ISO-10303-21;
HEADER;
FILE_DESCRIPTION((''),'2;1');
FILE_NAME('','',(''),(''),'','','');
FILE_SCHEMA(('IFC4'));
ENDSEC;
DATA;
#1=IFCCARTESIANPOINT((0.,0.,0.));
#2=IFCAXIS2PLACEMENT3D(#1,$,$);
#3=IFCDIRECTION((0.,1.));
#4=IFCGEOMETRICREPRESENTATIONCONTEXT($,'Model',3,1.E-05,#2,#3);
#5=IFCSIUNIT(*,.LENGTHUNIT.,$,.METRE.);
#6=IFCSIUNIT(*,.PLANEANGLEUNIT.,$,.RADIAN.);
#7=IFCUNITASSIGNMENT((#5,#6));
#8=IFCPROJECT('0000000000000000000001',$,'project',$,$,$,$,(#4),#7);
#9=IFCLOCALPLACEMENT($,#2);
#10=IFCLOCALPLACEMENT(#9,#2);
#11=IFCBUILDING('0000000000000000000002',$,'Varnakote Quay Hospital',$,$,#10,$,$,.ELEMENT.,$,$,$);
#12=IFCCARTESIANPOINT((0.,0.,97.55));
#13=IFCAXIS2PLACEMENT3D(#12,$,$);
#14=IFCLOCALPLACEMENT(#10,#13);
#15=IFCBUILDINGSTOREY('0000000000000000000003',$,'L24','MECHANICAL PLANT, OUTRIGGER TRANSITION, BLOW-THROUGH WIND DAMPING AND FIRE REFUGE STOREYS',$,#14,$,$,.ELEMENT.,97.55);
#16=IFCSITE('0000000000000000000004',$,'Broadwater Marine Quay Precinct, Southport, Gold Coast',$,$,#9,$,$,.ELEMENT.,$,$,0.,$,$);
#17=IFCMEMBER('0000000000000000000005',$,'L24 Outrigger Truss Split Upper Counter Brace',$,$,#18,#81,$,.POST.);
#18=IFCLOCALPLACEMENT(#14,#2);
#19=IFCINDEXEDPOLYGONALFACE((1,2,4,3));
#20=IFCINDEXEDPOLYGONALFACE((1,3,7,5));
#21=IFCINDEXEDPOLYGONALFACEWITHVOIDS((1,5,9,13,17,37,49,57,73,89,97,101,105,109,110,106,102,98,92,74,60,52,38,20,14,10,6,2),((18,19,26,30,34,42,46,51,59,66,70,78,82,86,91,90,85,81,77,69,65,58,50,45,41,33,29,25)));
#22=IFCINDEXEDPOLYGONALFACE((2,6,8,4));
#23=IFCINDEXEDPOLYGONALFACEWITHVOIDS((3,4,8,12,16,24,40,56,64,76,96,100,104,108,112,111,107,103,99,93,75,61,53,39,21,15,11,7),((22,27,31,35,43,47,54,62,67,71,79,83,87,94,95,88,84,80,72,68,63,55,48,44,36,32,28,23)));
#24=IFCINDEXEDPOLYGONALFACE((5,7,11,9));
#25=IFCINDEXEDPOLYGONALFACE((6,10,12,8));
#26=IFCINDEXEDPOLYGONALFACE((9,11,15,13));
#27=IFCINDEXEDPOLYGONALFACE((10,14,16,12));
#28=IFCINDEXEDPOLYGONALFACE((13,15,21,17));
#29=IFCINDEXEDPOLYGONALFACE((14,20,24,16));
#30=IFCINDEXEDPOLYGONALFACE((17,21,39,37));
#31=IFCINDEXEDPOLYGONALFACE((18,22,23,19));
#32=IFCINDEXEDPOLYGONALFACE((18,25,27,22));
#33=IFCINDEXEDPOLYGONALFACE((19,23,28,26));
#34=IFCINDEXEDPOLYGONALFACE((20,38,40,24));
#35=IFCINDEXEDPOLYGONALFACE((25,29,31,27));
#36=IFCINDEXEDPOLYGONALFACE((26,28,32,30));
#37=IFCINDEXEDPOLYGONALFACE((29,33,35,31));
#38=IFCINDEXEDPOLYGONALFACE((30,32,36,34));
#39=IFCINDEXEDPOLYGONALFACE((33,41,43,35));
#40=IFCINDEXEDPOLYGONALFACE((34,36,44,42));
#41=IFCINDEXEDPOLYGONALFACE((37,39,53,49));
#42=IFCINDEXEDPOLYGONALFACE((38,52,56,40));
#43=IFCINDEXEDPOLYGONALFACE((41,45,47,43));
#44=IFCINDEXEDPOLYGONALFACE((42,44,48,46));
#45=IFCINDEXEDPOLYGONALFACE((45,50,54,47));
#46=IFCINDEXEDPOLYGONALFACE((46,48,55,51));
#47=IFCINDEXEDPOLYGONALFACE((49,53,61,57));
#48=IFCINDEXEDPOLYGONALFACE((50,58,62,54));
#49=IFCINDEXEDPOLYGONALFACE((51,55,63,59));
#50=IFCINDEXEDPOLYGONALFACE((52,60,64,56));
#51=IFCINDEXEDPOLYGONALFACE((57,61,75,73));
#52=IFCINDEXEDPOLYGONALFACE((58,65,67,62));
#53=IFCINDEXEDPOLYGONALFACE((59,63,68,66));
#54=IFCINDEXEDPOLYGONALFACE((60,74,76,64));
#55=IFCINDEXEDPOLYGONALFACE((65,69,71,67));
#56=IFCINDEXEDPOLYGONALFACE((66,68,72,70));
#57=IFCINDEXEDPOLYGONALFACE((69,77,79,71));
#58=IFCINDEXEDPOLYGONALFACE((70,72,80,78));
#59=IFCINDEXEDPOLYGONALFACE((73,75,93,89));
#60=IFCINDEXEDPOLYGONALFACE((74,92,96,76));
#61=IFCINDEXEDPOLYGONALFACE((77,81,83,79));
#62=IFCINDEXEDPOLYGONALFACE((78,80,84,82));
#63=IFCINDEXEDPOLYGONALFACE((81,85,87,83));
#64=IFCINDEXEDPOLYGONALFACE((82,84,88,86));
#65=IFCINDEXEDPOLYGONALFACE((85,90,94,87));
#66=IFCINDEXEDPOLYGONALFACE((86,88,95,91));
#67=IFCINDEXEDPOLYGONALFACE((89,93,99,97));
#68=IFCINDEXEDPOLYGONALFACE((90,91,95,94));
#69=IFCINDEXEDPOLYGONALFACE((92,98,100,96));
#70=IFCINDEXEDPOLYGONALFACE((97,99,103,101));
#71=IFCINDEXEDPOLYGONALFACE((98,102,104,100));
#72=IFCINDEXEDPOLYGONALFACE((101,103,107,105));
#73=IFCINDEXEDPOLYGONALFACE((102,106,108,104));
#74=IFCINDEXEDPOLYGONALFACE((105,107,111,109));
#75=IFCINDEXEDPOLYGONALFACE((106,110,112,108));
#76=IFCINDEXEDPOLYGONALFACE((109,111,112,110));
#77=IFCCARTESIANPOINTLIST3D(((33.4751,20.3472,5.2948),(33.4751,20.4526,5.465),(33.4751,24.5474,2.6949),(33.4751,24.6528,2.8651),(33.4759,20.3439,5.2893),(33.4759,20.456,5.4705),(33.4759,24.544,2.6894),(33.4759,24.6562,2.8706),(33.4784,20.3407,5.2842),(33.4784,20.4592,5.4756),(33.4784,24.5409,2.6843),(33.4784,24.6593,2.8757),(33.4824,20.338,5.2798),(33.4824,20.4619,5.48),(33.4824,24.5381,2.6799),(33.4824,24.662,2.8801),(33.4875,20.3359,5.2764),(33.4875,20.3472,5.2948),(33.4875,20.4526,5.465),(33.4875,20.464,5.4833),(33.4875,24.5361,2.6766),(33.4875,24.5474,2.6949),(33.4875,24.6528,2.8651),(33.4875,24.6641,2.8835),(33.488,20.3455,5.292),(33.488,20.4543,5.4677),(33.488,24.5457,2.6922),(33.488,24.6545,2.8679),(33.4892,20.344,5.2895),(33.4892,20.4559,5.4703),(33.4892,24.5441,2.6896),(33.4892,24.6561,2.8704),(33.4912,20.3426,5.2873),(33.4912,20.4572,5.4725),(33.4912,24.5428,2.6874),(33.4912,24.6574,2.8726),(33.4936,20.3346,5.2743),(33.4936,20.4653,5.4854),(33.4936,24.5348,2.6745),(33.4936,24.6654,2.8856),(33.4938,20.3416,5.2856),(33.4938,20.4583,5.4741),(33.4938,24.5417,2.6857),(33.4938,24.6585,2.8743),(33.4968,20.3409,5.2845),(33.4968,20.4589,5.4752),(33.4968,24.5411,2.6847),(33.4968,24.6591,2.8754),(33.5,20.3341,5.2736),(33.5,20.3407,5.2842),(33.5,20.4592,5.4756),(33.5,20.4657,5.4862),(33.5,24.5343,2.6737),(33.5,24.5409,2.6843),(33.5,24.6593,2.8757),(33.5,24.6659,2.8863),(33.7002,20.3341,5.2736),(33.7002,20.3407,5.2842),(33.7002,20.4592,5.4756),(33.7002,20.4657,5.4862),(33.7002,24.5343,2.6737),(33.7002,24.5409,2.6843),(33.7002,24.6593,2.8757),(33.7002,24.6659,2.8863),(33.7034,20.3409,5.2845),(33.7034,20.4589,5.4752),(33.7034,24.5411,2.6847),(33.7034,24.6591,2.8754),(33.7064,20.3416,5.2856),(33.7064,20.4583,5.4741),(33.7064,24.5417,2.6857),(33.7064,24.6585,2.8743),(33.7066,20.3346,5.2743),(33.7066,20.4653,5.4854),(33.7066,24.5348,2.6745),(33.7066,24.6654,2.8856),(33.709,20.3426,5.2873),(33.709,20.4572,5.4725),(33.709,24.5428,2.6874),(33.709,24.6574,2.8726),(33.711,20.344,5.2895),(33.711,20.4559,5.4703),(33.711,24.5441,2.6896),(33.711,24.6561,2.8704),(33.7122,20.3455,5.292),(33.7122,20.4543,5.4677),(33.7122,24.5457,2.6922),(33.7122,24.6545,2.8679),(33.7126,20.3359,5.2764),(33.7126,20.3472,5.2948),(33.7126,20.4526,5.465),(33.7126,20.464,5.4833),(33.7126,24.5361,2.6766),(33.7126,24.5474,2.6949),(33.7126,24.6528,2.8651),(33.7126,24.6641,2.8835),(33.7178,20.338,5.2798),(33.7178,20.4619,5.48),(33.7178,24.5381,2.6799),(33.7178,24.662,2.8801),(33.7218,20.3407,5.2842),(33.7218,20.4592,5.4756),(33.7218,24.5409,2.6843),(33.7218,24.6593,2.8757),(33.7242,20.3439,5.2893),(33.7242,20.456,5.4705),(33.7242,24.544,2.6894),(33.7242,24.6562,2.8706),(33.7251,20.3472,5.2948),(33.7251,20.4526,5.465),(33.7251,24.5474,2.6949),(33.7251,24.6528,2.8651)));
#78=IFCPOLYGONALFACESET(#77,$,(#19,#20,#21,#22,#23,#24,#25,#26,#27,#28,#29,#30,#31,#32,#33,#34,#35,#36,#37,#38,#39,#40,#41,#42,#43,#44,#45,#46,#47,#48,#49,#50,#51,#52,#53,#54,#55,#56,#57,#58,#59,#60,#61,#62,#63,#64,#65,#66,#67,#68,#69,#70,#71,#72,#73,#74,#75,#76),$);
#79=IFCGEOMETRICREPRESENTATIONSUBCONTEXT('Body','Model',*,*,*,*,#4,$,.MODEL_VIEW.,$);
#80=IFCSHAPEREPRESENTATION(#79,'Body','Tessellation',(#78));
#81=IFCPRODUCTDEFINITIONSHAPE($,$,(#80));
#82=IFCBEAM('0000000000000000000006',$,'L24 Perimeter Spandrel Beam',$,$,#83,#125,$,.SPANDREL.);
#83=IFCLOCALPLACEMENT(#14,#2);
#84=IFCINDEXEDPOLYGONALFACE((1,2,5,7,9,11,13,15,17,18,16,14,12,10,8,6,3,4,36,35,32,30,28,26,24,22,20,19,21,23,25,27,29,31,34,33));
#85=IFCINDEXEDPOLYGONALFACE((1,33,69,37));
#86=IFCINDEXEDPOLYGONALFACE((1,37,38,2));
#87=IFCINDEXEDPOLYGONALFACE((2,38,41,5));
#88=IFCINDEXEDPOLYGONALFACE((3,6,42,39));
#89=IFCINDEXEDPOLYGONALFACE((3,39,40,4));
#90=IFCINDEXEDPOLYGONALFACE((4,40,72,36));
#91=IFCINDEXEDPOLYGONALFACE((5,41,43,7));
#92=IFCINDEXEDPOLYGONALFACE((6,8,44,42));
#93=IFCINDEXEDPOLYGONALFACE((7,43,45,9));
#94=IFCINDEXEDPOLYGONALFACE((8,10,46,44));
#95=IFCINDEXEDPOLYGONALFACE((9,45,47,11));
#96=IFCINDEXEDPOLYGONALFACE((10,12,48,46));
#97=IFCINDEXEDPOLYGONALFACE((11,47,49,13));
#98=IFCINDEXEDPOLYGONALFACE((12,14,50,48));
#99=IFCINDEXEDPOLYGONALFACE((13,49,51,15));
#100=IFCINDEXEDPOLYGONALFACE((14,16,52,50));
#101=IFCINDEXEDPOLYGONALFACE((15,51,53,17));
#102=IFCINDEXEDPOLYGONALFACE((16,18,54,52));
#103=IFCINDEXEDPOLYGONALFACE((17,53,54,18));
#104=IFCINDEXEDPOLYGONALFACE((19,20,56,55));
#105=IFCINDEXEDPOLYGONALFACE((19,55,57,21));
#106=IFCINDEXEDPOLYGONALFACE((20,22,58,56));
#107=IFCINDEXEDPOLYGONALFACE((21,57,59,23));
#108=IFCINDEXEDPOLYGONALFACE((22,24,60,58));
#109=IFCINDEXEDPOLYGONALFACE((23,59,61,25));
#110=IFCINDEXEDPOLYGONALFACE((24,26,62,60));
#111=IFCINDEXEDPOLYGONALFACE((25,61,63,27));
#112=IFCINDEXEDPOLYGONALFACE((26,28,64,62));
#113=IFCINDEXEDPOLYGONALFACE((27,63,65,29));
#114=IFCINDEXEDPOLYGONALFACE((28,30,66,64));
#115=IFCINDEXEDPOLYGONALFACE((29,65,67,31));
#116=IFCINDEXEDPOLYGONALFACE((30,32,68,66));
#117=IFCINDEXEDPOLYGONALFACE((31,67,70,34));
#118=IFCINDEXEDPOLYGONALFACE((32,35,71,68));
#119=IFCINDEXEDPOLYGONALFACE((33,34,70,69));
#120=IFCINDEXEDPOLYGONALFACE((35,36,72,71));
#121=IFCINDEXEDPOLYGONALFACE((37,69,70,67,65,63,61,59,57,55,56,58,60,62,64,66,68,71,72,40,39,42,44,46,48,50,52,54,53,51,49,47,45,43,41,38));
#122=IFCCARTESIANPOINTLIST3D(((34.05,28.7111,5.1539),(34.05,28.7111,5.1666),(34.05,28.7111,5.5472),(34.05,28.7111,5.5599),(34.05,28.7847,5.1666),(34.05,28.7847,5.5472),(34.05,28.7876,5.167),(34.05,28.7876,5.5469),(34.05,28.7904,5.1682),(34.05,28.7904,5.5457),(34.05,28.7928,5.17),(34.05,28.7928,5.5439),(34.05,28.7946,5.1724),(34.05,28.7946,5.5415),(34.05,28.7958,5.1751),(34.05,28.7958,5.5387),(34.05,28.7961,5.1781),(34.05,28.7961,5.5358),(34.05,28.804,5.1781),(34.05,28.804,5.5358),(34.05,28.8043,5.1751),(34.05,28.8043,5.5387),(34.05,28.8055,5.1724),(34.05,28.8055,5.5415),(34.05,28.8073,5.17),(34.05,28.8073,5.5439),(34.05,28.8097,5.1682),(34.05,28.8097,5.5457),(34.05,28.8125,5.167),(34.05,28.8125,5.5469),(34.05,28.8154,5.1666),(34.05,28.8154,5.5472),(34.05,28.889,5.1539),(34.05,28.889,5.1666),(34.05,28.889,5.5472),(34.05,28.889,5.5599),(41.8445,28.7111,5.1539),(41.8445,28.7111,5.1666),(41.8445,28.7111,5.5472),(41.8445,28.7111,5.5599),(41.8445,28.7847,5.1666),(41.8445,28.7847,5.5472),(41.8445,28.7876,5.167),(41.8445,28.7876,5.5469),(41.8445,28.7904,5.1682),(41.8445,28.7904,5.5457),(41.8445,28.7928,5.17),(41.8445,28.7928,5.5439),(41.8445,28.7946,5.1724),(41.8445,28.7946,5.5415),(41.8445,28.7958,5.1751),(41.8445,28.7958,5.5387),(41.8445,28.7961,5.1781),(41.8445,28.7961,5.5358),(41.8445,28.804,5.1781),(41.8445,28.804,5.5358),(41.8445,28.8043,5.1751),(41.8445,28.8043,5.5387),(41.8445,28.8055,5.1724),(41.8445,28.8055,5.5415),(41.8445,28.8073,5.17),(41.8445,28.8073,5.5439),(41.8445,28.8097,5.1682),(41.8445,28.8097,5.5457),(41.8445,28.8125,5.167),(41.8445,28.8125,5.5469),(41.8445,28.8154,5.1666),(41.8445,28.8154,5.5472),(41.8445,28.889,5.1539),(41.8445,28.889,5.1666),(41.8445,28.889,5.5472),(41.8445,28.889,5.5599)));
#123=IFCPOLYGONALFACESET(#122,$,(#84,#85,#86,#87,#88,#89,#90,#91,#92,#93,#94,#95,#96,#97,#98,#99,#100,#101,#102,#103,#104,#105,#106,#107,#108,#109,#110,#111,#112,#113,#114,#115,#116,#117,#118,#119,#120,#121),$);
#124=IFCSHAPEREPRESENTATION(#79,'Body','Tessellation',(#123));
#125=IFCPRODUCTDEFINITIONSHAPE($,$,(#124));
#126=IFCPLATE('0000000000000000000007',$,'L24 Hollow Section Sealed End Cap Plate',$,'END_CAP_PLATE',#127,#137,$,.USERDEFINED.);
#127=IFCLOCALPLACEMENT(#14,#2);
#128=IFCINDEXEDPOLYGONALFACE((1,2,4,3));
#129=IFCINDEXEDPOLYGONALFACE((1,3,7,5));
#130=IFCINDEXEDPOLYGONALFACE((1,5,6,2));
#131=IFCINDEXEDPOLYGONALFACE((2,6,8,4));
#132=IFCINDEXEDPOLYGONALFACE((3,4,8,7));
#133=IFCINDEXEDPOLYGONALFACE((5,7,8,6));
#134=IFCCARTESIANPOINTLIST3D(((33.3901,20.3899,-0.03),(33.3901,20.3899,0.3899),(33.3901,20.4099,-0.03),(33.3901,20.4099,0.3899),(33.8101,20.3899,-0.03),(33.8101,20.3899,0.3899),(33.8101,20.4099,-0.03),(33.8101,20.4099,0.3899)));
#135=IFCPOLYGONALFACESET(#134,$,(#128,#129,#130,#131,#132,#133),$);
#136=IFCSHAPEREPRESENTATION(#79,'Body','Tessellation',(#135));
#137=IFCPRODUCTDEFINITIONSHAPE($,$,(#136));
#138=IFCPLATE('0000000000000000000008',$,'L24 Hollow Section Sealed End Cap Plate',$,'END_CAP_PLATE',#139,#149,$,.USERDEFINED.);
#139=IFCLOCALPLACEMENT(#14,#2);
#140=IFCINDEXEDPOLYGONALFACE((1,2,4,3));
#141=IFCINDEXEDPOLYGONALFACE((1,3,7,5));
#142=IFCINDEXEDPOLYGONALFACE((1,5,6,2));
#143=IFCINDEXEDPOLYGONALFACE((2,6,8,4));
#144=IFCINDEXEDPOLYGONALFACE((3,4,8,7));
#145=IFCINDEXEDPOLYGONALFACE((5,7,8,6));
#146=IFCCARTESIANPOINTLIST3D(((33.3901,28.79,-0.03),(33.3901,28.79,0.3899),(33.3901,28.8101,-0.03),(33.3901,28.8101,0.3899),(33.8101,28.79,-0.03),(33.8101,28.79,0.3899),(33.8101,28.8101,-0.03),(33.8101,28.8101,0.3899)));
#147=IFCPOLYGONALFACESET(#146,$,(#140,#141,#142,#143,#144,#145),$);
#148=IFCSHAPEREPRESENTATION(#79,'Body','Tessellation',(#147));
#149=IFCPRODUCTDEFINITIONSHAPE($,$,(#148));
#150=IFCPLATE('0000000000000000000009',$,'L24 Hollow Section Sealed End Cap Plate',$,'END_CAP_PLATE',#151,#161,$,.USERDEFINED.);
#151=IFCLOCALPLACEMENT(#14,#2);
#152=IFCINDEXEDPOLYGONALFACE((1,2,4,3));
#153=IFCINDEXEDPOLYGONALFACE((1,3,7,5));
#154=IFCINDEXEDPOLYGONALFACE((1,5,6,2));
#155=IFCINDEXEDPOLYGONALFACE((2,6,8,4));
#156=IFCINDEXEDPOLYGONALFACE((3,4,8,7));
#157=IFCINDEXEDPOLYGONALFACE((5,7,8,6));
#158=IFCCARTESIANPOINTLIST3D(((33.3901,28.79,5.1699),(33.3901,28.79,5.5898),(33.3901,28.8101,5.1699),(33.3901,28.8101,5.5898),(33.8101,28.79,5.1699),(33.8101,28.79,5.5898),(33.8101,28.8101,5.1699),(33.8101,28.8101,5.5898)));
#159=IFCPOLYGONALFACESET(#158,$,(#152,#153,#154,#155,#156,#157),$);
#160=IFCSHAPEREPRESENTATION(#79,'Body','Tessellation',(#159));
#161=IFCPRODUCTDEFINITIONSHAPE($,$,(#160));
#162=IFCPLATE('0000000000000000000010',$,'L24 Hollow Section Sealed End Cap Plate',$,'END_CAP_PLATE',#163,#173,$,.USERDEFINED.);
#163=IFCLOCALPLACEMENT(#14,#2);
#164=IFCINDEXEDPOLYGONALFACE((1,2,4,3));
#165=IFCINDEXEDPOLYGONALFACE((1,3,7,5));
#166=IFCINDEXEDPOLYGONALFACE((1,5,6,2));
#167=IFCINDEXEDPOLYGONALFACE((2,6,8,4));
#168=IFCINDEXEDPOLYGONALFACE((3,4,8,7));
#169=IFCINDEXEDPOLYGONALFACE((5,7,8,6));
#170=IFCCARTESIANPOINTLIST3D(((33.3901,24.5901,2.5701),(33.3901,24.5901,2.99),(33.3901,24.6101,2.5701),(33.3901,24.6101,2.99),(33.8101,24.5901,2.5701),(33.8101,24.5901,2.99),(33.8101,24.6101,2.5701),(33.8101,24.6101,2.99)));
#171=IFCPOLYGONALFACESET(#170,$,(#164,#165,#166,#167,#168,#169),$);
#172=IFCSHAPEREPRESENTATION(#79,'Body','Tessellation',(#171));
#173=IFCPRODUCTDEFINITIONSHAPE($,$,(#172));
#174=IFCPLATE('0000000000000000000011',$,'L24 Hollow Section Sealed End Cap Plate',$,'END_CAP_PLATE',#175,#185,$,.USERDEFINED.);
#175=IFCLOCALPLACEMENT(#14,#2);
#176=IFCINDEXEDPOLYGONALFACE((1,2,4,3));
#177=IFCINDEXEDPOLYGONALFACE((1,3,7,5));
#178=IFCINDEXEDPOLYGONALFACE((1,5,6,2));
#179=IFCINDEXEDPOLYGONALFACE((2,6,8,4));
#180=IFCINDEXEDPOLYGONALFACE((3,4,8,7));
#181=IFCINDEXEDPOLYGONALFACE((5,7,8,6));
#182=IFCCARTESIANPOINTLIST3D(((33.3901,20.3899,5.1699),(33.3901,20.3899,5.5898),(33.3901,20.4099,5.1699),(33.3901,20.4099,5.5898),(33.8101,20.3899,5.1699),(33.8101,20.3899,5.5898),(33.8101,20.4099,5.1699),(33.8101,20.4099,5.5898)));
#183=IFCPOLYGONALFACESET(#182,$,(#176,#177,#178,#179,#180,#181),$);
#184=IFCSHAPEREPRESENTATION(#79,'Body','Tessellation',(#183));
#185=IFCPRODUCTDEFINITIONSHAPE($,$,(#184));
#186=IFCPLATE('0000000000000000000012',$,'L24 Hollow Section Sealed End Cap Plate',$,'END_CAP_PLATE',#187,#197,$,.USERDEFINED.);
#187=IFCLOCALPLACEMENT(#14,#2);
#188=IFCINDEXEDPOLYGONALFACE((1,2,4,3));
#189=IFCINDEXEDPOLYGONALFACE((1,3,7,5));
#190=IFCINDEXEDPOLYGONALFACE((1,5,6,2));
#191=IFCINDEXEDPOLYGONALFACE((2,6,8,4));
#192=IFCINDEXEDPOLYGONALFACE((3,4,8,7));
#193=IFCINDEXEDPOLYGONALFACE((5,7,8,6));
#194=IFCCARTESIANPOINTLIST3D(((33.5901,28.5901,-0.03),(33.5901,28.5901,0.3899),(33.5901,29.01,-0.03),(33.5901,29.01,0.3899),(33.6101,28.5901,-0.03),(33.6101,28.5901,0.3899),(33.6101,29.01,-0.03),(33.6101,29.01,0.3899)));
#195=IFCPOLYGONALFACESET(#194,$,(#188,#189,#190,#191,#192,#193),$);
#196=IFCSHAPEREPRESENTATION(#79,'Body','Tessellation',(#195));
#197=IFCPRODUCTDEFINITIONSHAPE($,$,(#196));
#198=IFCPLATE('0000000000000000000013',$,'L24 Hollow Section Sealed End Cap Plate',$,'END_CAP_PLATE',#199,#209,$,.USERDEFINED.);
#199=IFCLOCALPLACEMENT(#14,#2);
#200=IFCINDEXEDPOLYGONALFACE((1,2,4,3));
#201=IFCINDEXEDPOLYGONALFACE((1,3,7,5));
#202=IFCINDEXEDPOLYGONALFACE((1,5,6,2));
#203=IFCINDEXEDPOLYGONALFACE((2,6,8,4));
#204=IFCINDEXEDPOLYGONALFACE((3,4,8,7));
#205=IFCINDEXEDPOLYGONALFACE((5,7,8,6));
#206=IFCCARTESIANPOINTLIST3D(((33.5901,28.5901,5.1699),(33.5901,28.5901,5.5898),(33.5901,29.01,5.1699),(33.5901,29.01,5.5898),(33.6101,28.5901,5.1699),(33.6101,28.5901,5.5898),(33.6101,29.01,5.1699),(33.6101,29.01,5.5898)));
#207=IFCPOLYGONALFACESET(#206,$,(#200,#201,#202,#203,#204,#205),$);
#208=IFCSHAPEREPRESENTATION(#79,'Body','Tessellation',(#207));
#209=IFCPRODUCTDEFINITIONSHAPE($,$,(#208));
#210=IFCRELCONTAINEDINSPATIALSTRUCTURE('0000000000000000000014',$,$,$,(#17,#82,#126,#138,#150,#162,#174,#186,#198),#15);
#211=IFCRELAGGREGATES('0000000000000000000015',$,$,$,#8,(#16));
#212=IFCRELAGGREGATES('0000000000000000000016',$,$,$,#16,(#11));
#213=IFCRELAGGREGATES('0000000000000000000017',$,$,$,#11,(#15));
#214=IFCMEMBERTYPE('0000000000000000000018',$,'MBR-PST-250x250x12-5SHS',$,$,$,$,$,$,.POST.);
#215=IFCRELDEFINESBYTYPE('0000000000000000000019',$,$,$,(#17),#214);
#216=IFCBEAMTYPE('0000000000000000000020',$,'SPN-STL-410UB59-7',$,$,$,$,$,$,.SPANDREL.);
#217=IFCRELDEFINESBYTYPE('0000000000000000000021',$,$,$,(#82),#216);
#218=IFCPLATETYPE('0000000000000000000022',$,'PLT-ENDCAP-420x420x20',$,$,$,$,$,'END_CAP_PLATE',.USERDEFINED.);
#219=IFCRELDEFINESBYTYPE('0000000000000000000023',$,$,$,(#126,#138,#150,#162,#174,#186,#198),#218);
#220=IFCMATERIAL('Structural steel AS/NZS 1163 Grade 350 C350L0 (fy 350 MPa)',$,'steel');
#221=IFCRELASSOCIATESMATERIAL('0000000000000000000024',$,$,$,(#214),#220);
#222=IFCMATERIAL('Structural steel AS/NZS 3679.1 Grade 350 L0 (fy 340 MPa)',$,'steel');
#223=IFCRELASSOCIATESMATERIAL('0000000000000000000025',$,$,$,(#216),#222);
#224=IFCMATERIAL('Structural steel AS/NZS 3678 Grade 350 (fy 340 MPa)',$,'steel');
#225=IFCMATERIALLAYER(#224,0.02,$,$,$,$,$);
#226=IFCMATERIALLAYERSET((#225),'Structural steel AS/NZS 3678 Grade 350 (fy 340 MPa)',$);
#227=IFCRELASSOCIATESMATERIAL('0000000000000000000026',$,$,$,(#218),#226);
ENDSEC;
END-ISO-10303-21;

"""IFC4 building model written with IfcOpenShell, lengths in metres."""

from ifc_helpers import new_model, si_unit, direction, frame, origin, origin_2d, place, context, subcontext, project, spatial, rectangle, hollow_rectangle, i_section, extrude, material, layer, layer_set, material_profile, profile_set, type_object, element, save


model = new_model("IFC4")

# Units and contexts
model_context = context("Model", 3, precision=1e-05, world=origin(), true_north=direction((0.0, 1.0)))
body_context = subcontext(model_context, "Body", "Model", "MODEL_VIEW")
ifc_project = project(units=[si_unit("LENGTHUNIT", "METRE"), si_unit("PLANEANGLEUNIT", "RADIAN")], contexts=[model_context])

# Site, building, storey
site_placement = place(None, origin())
site = spatial("IfcSite", under=ifc_project, at=site_placement, Name="Broadwater Marine Quay Precinct, Southport, Gold Coast", CompositionType="ELEMENT", RefElevation=0.0)
building_placement = place(site_placement, origin())
building = spatial("IfcBuilding", under=site, at=building_placement, Name="Varnakote Quay Hospital", CompositionType="ELEMENT")
storey_placement = place(building_placement, frame((0.0, 0.0, 97.55)))
storey = spatial("IfcBuildingStorey", under=building, at=storey_placement, Name="L24", Description="MECHANICAL PLANT, OUTRIGGER TRANSITION, BLOW-THROUGH WIND DAMPING AND FIRE REFUGE STOREYS", CompositionType="ELEMENT", Elevation=97.55)

# Member
ifc_material_1 = material(Name="Structural steel AS/NZS 1163 Grade 350 C350L0 (fy 350 MPa)", Category="steel")
ifc_material_profile_1 = material_profile(ifc_material_1, hollow_rectangle(XDim=0.25, YDim=0.25, WallThickness=0.0125, InnerFilletRadius=0.0125, OuterFilletRadius=0.0249, at=origin_2d()), Name="250x250x12.5SHS")
ifc_profile_set_1 = profile_set([ifc_material_profile_1], Name="Structural steel AS/NZS 1163 Grade 350 C350L0 (fy 350 MPa)")
member_type_1 = type_object("IfcMemberType", Name="MBR-PST-250x250x12-5SHS", PredefinedType="POST", material=ifc_profile_set_1)
for number, where, z_axis, x_axis, name in (
    (1, (33.6001, 24.6001, 2.78), (0.0, -0.850289, 0.526315), (1.0, 0.0, 0.0), "L24 Outrigger Truss Split Upper Counter Brace"),
):
    element("IfcMember", number, at=place(storey_placement, frame(where, z_axis=z_axis, x_axis=x_axis)), inside=storey, type_object=member_type_1, Name=name, PredefinedType="POST", context=body_context, shape_type="SweptSolid", body=[
        extrude(hollow_rectangle(XDim=0.25, YDim=0.25, WallThickness=0.0125, InnerFilletRadius=0.0125, OuterFilletRadius=0.0249, at=origin_2d()), origin(), (0.0, 0.0, 1.0), 4.9397),
    ])

# Beam
ifc_material_2 = material(Name="Structural steel AS/NZS 3679.1 Grade 350 L0 (fy 340 MPa)", Category="steel")
ifc_material_profile_2 = material_profile(ifc_material_2, i_section(OverallWidth=0.178, OverallDepth=0.406, WebThickness=0.0078, FlangeThickness=0.0127, FilletRadius=0.0115, at=origin_2d()), Name="410UB59.7")
ifc_profile_set_2 = profile_set([ifc_material_profile_2], Name="Structural steel AS/NZS 3679.1 Grade 350 L0 (fy 340 MPa)")
beam_type_1 = type_object("IfcBeamType", Name="SPN-STL-410UB59-7", PredefinedType="SPANDREL", material=ifc_profile_set_2)
beam_1_placement = place(storey_placement, frame((34.05, 28.8, 5.3569), z_axis=(1.0, 0.0, 0.0), x_axis=(0.0, 1.0, 0.0)))
element("IfcBeam", 2, at=beam_1_placement, inside=storey, type_object=beam_type_1, Name="L24 Perimeter Spandrel Beam", PredefinedType="SPANDREL", context=body_context, shape_type="SweptSolid", body=[
    extrude(i_section(OverallWidth=0.178, OverallDepth=0.406, WebThickness=0.0078, FlangeThickness=0.0127, FilletRadius=0.0115, at=origin_2d()), origin(), (0.0, 0.0, 1.0), 7.7944),
])

# Plates
ifc_material_3 = material(Name="Structural steel AS/NZS 3678 Grade 350 (fy 340 MPa)", Category="steel")
ifc_layer_1 = layer(ifc_material_3, 0.02)
ifc_layer_set_1 = layer_set([ifc_layer_1], Name="Structural steel AS/NZS 3678 Grade 350 (fy 340 MPa)")
plate_type_1 = type_object("IfcPlateType", Name="PLT-ENDCAP-420x420x20", ElementType="END_CAP_PLATE", PredefinedType="USERDEFINED", material=ifc_layer_set_1)
for number, where, z_axis, x_axis, name in (
    (3, (33.6001, 20.3999, -0.03), (0.0, 0.0, 1.0), (0.0, 1.0, 0.0), "L24 Hollow Section Sealed End Cap Plate"),
    (4, (33.6001, 28.8, -0.03), (0.0, 0.0, 1.0), (0.0, 1.0, 0.0), "L24 Hollow Section Sealed End Cap Plate"),
    (5, (33.6001, 28.8, 5.1699), (0.0, 0.0, 1.0), (0.0, 1.0, 0.0), "L24 Hollow Section Sealed End Cap Plate"),
    (6, (33.6001, 24.6001, 2.5701), (0.0, 0.0, 1.0), (0.0, 1.0, 0.0), "L24 Hollow Section Sealed End Cap Plate"),
    (7, (33.6001, 20.3999, 5.1699), (0.0, 0.0, 1.0), (0.0, 1.0, 0.0), "L24 Hollow Section Sealed End Cap Plate"),
    (8, (33.6001, 28.8, -0.03), (0.0, 0.0, 1.0), (1.0, 0.0, 0.0), "L24 Hollow Section Sealed End Cap Plate"),
    (9, (33.6001, 28.8, 5.1699), (0.0, 0.0, 1.0), (1.0, 0.0, 0.0), "L24 Hollow Section Sealed End Cap Plate"),
):
    element("IfcPlate", number, at=place(storey_placement, frame(where, z_axis=z_axis, x_axis=x_axis)), inside=storey, type_object=plate_type_1, Name=name, ObjectType="END_CAP_PLATE", PredefinedType="USERDEFINED", context=body_context, shape_type="SweptSolid", body=[
        extrude(rectangle(XDim=0.02, YDim=0.4199, at=origin_2d()), origin(), (0.0, 0.0, 1.0), 0.4199),
    ])

save(model, "model.ifc")
